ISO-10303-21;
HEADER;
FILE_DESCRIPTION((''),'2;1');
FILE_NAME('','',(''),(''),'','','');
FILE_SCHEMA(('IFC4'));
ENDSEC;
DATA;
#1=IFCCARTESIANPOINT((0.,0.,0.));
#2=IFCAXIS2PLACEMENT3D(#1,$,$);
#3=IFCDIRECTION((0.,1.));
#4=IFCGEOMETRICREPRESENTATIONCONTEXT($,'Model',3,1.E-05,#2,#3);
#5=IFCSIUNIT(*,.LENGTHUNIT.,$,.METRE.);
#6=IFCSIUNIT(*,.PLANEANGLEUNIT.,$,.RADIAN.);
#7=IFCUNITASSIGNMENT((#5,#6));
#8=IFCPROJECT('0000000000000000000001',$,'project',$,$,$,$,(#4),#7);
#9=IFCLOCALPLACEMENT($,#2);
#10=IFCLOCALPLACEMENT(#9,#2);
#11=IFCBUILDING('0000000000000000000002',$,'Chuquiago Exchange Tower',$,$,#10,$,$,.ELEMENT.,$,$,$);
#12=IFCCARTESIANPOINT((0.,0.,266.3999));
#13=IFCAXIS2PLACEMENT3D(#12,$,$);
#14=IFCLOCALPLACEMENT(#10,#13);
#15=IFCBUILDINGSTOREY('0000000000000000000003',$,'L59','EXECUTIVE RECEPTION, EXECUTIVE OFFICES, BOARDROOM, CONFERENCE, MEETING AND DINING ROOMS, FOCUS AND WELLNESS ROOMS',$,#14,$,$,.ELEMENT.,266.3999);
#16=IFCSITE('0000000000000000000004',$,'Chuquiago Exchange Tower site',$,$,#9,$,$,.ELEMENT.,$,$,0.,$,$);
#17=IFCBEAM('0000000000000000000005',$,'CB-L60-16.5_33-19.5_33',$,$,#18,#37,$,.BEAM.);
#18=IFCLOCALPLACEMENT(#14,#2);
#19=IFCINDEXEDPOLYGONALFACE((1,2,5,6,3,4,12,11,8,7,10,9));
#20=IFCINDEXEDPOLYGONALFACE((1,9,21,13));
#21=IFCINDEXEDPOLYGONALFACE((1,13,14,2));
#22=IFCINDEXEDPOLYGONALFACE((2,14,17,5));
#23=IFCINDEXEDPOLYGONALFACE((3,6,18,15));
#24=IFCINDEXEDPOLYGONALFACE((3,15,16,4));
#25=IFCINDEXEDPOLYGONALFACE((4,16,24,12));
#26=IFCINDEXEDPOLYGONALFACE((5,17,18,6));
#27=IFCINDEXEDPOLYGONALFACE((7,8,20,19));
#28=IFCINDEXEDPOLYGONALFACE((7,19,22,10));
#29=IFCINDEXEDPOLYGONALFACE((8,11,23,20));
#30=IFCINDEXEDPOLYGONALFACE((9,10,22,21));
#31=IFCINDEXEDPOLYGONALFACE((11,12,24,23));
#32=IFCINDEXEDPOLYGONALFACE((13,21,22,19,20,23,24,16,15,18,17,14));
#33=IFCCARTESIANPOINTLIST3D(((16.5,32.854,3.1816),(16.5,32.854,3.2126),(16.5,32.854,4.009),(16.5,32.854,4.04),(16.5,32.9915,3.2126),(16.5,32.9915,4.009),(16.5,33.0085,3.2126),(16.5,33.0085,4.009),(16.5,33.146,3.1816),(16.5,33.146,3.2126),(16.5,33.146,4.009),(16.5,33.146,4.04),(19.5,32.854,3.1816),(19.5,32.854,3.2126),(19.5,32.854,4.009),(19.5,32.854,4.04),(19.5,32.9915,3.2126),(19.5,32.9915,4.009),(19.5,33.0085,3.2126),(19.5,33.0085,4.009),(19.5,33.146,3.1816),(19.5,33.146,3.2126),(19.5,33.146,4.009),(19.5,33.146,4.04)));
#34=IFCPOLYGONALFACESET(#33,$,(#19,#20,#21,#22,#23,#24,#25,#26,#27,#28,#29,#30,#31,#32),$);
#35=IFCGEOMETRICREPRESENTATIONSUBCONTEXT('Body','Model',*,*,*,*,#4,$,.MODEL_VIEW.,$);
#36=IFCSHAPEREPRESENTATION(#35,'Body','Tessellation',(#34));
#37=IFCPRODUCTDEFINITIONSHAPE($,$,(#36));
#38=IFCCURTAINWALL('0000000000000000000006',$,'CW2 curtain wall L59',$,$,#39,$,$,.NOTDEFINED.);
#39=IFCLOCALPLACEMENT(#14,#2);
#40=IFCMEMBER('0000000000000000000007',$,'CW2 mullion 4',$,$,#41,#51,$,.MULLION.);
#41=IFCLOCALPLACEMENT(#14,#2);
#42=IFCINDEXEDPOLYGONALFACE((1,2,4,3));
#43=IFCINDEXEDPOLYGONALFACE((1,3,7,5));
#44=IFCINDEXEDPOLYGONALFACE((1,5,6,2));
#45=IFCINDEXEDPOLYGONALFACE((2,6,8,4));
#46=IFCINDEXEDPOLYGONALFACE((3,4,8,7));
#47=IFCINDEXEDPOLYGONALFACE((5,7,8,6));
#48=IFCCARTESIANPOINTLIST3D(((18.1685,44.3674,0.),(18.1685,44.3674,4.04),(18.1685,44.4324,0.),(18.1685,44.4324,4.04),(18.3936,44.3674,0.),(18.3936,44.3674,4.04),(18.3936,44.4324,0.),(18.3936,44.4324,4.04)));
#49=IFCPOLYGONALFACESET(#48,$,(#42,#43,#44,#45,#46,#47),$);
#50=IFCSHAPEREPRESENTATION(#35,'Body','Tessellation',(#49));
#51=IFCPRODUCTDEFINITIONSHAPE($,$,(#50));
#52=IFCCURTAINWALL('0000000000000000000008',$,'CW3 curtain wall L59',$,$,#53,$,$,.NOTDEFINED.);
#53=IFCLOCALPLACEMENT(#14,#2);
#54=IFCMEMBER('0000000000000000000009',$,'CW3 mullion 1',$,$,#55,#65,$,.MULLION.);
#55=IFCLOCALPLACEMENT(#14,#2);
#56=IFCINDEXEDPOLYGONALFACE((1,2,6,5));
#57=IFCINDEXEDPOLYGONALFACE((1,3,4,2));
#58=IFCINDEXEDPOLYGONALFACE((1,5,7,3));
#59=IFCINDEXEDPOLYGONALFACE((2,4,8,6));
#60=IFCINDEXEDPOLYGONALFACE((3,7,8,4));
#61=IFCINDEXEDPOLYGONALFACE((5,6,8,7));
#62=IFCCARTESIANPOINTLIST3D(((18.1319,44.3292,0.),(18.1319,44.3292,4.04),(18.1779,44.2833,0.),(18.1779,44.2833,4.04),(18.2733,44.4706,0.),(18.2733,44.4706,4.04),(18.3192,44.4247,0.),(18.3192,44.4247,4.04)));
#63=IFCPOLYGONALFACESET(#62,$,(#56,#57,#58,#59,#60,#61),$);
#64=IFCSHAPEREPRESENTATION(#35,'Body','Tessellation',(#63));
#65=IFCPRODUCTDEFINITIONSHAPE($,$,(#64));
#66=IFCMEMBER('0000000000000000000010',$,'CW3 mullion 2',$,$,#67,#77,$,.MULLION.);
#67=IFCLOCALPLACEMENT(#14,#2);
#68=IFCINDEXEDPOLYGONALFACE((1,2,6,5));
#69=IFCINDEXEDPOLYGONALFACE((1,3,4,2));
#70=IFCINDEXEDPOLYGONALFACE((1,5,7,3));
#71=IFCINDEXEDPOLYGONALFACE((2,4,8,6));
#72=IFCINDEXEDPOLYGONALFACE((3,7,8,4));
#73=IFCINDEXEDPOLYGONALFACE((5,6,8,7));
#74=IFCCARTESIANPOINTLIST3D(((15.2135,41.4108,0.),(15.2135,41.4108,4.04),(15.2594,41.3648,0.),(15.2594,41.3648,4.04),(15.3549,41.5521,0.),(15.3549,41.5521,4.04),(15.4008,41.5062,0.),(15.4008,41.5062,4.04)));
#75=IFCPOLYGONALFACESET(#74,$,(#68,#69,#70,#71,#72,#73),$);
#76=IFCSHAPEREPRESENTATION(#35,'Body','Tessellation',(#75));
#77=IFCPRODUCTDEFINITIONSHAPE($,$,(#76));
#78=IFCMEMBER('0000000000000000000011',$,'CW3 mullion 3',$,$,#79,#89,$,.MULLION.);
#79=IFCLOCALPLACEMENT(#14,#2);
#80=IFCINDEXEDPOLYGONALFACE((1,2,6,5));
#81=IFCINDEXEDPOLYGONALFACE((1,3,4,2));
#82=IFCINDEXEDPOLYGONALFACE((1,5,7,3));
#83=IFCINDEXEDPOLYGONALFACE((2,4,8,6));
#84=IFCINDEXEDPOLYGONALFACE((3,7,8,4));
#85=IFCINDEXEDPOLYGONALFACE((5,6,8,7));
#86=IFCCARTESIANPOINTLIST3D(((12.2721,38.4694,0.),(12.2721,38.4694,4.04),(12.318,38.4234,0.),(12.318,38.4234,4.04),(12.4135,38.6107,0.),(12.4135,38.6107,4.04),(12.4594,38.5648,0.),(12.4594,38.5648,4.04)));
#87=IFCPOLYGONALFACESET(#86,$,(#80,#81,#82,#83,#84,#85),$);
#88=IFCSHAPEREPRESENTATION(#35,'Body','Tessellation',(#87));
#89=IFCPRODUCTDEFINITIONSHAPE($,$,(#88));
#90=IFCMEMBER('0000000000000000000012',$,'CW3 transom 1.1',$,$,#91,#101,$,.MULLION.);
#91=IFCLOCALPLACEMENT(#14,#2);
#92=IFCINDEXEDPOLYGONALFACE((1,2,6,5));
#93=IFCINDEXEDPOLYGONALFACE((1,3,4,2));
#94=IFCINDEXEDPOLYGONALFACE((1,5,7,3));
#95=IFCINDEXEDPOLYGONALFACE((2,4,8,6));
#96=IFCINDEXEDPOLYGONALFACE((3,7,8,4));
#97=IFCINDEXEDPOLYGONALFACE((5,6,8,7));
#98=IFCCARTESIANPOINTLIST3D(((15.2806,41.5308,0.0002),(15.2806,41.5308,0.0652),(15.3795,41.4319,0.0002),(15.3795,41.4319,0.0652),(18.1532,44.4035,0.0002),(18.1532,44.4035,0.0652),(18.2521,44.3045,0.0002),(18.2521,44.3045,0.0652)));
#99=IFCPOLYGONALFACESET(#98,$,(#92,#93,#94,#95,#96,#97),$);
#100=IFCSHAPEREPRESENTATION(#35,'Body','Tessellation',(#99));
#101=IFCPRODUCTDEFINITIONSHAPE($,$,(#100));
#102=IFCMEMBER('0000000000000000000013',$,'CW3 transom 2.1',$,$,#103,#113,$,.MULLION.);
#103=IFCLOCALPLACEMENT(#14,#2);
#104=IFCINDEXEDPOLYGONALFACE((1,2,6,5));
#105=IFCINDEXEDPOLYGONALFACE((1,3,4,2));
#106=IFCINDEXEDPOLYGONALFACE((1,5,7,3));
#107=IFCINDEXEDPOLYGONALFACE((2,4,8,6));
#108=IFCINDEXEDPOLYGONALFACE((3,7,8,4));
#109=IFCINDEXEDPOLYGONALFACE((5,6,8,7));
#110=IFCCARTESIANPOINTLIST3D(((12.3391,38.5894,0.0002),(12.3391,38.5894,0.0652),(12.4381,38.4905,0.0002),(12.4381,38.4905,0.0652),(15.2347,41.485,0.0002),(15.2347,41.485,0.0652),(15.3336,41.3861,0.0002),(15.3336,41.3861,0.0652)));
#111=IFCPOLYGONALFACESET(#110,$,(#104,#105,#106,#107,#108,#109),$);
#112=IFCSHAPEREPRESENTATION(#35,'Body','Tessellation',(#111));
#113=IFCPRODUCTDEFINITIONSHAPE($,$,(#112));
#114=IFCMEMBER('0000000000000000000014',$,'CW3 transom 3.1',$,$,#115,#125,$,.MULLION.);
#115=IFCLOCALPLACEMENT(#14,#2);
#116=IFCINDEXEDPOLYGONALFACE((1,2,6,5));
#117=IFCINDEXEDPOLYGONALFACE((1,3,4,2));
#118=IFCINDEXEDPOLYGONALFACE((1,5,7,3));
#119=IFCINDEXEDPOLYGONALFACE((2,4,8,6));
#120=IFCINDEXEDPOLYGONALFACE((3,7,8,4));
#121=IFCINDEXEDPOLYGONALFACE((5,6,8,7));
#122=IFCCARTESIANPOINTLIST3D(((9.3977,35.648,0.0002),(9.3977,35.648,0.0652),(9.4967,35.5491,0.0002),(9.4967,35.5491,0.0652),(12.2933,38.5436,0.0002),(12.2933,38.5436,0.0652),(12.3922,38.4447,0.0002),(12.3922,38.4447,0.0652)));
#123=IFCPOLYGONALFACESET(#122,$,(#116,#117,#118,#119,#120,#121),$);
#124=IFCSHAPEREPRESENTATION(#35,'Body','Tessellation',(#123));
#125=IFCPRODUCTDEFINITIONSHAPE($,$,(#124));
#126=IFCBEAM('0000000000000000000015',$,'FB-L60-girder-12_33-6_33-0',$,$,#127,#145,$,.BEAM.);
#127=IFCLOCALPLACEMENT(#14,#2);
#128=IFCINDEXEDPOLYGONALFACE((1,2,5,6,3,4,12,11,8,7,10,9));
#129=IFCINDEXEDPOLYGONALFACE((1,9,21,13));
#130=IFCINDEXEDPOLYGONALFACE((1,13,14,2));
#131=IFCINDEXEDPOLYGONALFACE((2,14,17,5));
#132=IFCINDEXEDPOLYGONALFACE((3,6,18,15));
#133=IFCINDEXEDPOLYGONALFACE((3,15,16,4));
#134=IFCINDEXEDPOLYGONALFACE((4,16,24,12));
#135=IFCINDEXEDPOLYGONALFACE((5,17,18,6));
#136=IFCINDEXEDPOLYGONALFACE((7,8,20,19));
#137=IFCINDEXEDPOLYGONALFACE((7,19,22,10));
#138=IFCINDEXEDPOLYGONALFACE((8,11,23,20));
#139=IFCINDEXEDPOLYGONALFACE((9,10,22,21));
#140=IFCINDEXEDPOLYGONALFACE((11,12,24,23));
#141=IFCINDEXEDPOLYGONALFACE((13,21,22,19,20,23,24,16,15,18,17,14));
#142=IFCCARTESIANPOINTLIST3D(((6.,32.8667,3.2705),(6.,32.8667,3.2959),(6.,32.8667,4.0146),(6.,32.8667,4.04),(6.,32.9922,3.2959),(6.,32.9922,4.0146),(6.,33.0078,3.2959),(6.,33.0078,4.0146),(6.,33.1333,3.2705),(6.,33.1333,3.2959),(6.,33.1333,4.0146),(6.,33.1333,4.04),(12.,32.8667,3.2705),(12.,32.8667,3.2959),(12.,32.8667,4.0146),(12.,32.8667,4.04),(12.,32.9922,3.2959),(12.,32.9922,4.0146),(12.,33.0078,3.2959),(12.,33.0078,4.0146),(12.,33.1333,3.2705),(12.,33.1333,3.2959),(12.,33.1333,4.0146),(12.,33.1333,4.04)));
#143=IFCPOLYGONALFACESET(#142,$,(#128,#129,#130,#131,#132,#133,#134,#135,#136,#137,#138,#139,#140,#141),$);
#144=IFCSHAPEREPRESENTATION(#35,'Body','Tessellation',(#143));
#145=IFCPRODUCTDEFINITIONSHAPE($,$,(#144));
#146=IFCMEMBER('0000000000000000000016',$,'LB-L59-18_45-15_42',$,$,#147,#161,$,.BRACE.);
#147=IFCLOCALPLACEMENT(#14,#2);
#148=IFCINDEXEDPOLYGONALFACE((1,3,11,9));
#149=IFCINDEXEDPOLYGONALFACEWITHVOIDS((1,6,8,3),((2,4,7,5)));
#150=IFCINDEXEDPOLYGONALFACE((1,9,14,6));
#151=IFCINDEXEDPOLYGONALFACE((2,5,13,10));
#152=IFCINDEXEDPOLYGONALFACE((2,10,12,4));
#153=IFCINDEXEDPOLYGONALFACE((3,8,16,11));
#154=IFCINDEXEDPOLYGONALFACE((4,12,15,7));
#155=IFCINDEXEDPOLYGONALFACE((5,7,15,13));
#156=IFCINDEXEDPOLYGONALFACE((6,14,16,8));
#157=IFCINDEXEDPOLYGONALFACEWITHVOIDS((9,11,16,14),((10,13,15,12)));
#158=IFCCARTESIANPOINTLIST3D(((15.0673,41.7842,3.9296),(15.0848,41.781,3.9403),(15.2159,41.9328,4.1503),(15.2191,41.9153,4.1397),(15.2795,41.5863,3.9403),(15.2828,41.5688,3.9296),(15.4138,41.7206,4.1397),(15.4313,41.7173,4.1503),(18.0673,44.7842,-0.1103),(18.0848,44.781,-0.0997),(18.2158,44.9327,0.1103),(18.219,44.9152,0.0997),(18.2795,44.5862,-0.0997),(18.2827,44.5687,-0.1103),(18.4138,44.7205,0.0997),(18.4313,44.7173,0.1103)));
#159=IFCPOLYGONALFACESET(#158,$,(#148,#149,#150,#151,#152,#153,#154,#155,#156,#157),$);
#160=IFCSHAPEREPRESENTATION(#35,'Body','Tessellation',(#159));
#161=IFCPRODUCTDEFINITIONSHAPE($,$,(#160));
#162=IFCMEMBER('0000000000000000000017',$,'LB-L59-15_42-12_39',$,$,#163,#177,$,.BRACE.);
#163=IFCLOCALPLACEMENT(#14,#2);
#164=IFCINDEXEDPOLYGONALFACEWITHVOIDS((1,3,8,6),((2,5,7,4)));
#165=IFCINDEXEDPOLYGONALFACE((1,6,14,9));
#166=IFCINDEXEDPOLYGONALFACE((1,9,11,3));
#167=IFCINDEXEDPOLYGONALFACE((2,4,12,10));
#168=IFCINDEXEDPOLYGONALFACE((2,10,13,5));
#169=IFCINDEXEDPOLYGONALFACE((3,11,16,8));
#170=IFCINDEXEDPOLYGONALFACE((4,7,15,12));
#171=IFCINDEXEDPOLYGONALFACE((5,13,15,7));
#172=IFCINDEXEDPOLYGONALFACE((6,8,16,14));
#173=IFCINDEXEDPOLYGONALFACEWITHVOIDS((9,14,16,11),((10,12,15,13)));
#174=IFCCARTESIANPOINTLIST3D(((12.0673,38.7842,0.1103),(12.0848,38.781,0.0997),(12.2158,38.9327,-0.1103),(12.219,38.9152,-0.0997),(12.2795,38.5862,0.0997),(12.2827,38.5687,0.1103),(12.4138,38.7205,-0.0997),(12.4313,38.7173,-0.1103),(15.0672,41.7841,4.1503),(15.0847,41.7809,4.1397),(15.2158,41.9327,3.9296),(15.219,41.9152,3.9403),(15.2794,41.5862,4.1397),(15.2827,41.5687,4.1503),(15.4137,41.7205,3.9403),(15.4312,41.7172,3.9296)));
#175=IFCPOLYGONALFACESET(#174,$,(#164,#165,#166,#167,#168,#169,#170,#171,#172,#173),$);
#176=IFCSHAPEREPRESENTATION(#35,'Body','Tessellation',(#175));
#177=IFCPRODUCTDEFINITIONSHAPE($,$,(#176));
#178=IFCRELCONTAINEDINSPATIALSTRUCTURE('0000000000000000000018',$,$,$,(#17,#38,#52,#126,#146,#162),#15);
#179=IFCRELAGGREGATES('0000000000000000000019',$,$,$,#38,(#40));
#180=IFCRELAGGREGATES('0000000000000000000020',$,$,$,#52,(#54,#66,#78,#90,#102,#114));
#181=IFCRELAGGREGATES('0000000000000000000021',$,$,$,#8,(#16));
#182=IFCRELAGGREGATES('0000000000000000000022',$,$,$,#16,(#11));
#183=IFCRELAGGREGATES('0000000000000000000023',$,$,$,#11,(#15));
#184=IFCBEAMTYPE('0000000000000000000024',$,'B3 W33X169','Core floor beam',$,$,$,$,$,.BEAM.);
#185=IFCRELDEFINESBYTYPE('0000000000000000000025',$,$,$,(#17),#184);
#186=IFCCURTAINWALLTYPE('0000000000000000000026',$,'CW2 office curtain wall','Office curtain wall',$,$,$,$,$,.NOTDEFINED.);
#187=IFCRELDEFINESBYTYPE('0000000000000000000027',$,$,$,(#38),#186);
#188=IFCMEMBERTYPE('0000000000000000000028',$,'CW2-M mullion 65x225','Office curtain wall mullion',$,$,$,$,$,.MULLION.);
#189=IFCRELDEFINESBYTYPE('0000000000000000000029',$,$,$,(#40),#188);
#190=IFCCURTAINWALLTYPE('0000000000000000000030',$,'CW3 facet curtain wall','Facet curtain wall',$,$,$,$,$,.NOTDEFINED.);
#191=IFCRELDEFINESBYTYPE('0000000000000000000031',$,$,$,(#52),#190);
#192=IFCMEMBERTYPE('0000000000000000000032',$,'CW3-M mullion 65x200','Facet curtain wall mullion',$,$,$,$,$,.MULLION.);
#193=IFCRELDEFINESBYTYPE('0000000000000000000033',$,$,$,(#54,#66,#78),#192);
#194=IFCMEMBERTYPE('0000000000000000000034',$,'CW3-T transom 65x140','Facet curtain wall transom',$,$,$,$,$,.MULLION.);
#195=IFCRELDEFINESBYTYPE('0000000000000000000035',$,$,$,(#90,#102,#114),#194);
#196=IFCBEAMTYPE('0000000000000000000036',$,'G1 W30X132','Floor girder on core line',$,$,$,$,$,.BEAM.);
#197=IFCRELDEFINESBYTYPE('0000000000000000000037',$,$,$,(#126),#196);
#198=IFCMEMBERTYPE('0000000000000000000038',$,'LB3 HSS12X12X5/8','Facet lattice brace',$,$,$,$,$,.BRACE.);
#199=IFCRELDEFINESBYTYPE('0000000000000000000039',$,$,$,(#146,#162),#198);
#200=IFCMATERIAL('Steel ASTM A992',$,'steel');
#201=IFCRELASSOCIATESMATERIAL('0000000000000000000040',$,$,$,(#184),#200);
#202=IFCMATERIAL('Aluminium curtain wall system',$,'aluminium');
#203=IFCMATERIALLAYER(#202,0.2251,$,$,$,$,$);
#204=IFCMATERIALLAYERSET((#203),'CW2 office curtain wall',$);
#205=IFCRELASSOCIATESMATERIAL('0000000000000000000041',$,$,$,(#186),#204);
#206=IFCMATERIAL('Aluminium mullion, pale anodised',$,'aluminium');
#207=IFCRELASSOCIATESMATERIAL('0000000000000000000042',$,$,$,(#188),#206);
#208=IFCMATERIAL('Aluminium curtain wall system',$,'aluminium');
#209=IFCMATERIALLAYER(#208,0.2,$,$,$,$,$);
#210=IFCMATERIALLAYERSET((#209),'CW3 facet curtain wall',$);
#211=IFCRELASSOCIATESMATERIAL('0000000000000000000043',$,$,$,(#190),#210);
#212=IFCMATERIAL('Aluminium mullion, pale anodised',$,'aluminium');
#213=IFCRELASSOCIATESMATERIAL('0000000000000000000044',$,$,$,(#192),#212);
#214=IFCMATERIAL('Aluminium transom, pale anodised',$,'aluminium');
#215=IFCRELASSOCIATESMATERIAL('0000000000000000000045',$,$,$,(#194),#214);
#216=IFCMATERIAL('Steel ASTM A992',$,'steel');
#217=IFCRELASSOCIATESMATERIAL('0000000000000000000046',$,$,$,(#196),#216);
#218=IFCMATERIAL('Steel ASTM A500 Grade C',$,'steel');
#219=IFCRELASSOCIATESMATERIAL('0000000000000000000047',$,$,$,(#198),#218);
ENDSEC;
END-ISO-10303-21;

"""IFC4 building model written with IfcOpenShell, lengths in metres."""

from ifc_helpers import new_model, si_unit, direction, frame, origin, origin_2d, place, context, subcontext, project, spatial, rectangle, hollow_rectangle, i_section, extrude, material, layer, layer_set, material_profile, profile_set, type_object, element, aggregate, save


model = new_model("IFC4")

# Units and contexts
model_context = context("Model", 3, precision=1e-05, world=origin(), true_north=direction((0.0, 1.0)))
body_context = subcontext(model_context, "Body", "Model", "MODEL_VIEW")
ifc_project = project(units=[si_unit("LENGTHUNIT", "METRE"), si_unit("PLANEANGLEUNIT", "RADIAN")], contexts=[model_context])

# Site, building, storey
site_placement = place(None, origin())
site = spatial("IfcSite", under=ifc_project, at=site_placement, Name="Chuquiago Exchange Tower site", CompositionType="ELEMENT", RefElevation=0.0)
building_placement = place(site_placement, origin())
building = spatial("IfcBuilding", under=site, at=building_placement, Name="Chuquiago Exchange Tower", CompositionType="ELEMENT")
storey_placement = place(building_placement, frame((0.0, 0.0, 266.3999)))
storey = spatial("IfcBuildingStorey", under=building, at=storey_placement, Name="L59", Description="EXECUTIVE RECEPTION, EXECUTIVE OFFICES, BOARDROOM, CONFERENCE, MEETING AND DINING ROOMS, FOCUS AND WELLNESS ROOMS", CompositionType="ELEMENT", Elevation=266.3999)

# Beam
ifc_material_1 = material(Name="Steel ASTM A992", Category="steel")
ifc_material_profile_1 = material_profile(ifc_material_1, i_section(OverallWidth=0.292, OverallDepth=0.8584, WebThickness=0.0171, FlangeThickness=0.031, at=origin_2d()), Name="W33X169")
ifc_profile_set_1 = profile_set([ifc_material_profile_1], Name="Steel ASTM A992")
beam_type_1 = type_object("IfcBeamType", Name="B3 W33X169", Description="Core floor beam", PredefinedType="BEAM", material=ifc_profile_set_1)
beam_1_placement = place(storey_placement, frame((16.5, 33.0, 3.6108), z_axis=(1.0, 0.0, 0.0), x_axis=(0.0, 1.0, 0.0)))
element("IfcBeam", 1, at=beam_1_placement, inside=storey, type_object=beam_type_1, Name="CB-L60-16.5_33-19.5_33", PredefinedType="BEAM", context=body_context, shape_type="SweptSolid", body=[
    extrude(i_section(OverallWidth=0.292, OverallDepth=0.8584, WebThickness=0.0171, FlangeThickness=0.031, at=origin_2d()), origin(), (0.0, 0.0, 1.0), 3.0),
])

# Curtain wall, member
ifc_material_2 = material(Name="Aluminium curtain wall system", Category="aluminium")
ifc_layer_1 = layer(ifc_material_2, 0.2251)
ifc_layer_set_1 = layer_set([ifc_layer_1], Name="CW2 office curtain wall")
curtain_wall_type_1 = type_object("IfcCurtainWallType", Name="CW2 office curtain wall", Description="Office curtain wall", PredefinedType="NOTDEFINED", material=ifc_layer_set_1)
curtain_wall_1_placement = place(storey_placement, origin())
curtain_wall_1 = element("IfcCurtainWall", 2, at=curtain_wall_1_placement, inside=storey, type_object=curtain_wall_type_1, Name="CW2 curtain wall L59", PredefinedType="NOTDEFINED")
ifc_material_3 = material(Name="Aluminium mullion, pale anodised", Category="aluminium")
ifc_material_profile_2 = material_profile(ifc_material_3, rectangle(XDim=0.0649, YDim=0.2251, at=origin_2d()), Name="AL 65x225")
ifc_profile_set_2 = profile_set([ifc_material_profile_2], Name="Aluminium mullion, pale anodised")
member_type_1 = type_object("IfcMemberType", Name="CW2-M mullion 65x225", Description="Office curtain wall mullion", PredefinedType="MULLION", material=ifc_profile_set_2)
member_1_placement = place(storey_placement, frame((18.281, 44.3999, 0.0), z_axis=(0.0, 0.0, 1.0), x_axis=(0.0, -1.0, 0.0)))
member_1 = element("IfcMember", 3, at=member_1_placement, type_object=member_type_1, Name="CW2 mullion 4", PredefinedType="MULLION", context=body_context, shape_type="SweptSolid", body=[
    extrude(rectangle(XDim=0.0649, YDim=0.2251, at=origin_2d()), origin(), (0.0, 0.0, 1.0), 4.04),
])
aggregate(curtain_wall_1, [member_1])

# Curtain wall, members
ifc_material_4 = material(Name="Aluminium curtain wall system", Category="aluminium")
ifc_layer_2 = layer(ifc_material_4, 0.2)
ifc_layer_set_2 = layer_set([ifc_layer_2], Name="CW3 facet curtain wall")
curtain_wall_type_2 = type_object("IfcCurtainWallType", Name="CW3 facet curtain wall", Description="Facet curtain wall", PredefinedType="NOTDEFINED", material=ifc_layer_set_2)
curtain_wall_2_placement = place(storey_placement, origin())
curtain_wall_2 = element("IfcCurtainWall", 4, at=curtain_wall_2_placement, inside=storey, type_object=curtain_wall_type_2, Name="CW3 curtain wall L59", PredefinedType="NOTDEFINED")
ifc_material_5 = material(Name="Aluminium mullion, pale anodised", Category="aluminium")
ifc_material_profile_3 = material_profile(ifc_material_5, rectangle(XDim=0.0649, YDim=0.2, at=origin_2d()), Name="AL 65x200")
ifc_profile_set_3 = profile_set([ifc_material_profile_3], Name="Aluminium mullion, pale anodised")
member_type_2 = type_object("IfcMemberType", Name="CW3-M mullion 65x200", Description="Facet curtain wall mullion", PredefinedType="MULLION", material=ifc_profile_set_3)
member_2_placement = place(storey_placement, frame((18.2256, 44.377, 0.0), z_axis=(0.0, 0.0, 1.0), x_axis=(0.707107, -0.707107, 0.0)))
member_2 = element("IfcMember", 5, at=member_2_placement, type_object=member_type_2, Name="CW3 mullion 1", PredefinedType="MULLION", context=body_context, shape_type="SweptSolid", body=[
    extrude(rectangle(XDim=0.0649, YDim=0.2, at=origin_2d()), origin(), (0.0, 0.0, 1.0), 4.04),
])
member_3_placement = place(storey_placement, frame((15.3071, 41.4585, 0.0), z_axis=(0.0, 0.0, 1.0), x_axis=(0.707107, -0.707107, 0.0)))
member_3 = element("IfcMember", 6, at=member_3_placement, type_object=member_type_2, Name="CW3 mullion 2", PredefinedType="MULLION", context=body_context, shape_type="SweptSolid", body=[
    extrude(rectangle(XDim=0.0649, YDim=0.2, at=origin_2d()), origin(), (0.0, 0.0, 1.0), 4.04),
])
member_4_placement = place(storey_placement, frame((12.3657, 38.5171, 0.0), z_axis=(0.0, 0.0, 1.0), x_axis=(0.707107, -0.707107, 0.0)))
member_4 = element("IfcMember", 7, at=member_4_placement, type_object=member_type_2, Name="CW3 mullion 3", PredefinedType="MULLION", context=body_context, shape_type="SweptSolid", body=[
    extrude(rectangle(XDim=0.0649, YDim=0.2, at=origin_2d()), origin(), (0.0, 0.0, 1.0), 4.04),
])
ifc_material_6 = material(Name="Aluminium transom, pale anodised", Category="aluminium")
ifc_material_profile_4 = material_profile(ifc_material_6, rectangle(XDim=0.1399, YDim=0.0649, at=origin_2d()), Name="AL 140x65")
ifc_profile_set_4 = profile_set([ifc_material_profile_4], Name="Aluminium transom, pale anodised")
member_type_3 = type_object("IfcMemberType", Name="CW3-T transom 65x140", Description="Facet curtain wall transom", PredefinedType="MULLION", material=ifc_profile_set_4)
member_5_placement = place(storey_placement, frame((18.2026, 44.354, 0.0327), z_axis=(-0.707107, -0.707107, 0.0), x_axis=(0.707107, -0.707107, 0.0)))
member_5 = element("IfcMember", 8, at=member_5_placement, type_object=member_type_3, Name="CW3 transom 1.1", PredefinedType="MULLION", context=body_context, shape_type="SweptSolid", body=[
    extrude(rectangle(XDim=0.1399, YDim=0.0649, at=origin_2d()), origin(), (0.0, 0.0, 1.0), 4.0625),
])
member_6_placement = place(storey_placement, frame((15.2842, 41.4355, 0.0327), z_axis=(-0.707107, -0.707107, 0.0), x_axis=(0.707107, -0.707107, 0.0)))
member_6 = element("IfcMember", 9, at=member_6_placement, type_object=member_type_3, Name="CW3 transom 2.1", PredefinedType="MULLION", context=body_context, shape_type="SweptSolid", body=[
    extrude(rectangle(XDim=0.1399, YDim=0.0649, at=origin_2d()), origin(), (0.0, 0.0, 1.0), 4.095),
])
member_7_placement = place(storey_placement, frame((12.3428, 38.4941, 0.0327), z_axis=(-0.707107, -0.707107, 0.0), x_axis=(0.707107, -0.707107, 0.0)))
member_7 = element("IfcMember", 10, at=member_7_placement, type_object=member_type_3, Name="CW3 transom 3.1", PredefinedType="MULLION", context=body_context, shape_type="SweptSolid", body=[
    extrude(rectangle(XDim=0.1399, YDim=0.0649, at=origin_2d()), origin(), (0.0, 0.0, 1.0), 4.095),
])

# Beam
ifc_material_7 = material(Name="Steel ASTM A992", Category="steel")
ifc_material_profile_5 = material_profile(ifc_material_7, i_section(OverallWidth=0.2666, OverallDepth=0.7695, WebThickness=0.0156, FlangeThickness=0.0254, at=origin_2d()), Name="W30X132")
ifc_profile_set_5 = profile_set([ifc_material_profile_5], Name="Steel ASTM A992")
beam_type_2 = type_object("IfcBeamType", Name="G1 W30X132", Description="Floor girder on core line", PredefinedType="BEAM", material=ifc_profile_set_5)
beam_2_placement = place(storey_placement, frame((12.0, 33.0, 3.6553), z_axis=(-1.0, 0.0, 0.0), x_axis=(0.0, -1.0, 0.0)))
element("IfcBeam", 11, at=beam_2_placement, inside=storey, type_object=beam_type_2, Name="FB-L60-girder-12_33-6_33-0", PredefinedType="BEAM", context=body_context, shape_type="SweptSolid", body=[
    extrude(i_section(OverallWidth=0.2666, OverallDepth=0.7695, WebThickness=0.0156, FlangeThickness=0.0254, at=origin_2d()), origin(), (0.0, 0.0, 1.0), 6.0),
])

# Members
ifc_material_8 = material(Name="Steel ASTM A500 Grade C", Category="steel")
ifc_material_profile_6 = material_profile(ifc_material_8, hollow_rectangle(XDim=0.3047, YDim=0.3047, WallThickness=0.0146, at=origin_2d()), Name="HSS12X12X5/8")
ifc_profile_set_6 = profile_set([ifc_material_profile_6], Name="Steel ASTM A500 Grade C")
member_type_4 = type_object("IfcMemberType", Name="LB3 HSS12X12X5/8", Description="Facet lattice brace", PredefinedType="BRACE", material=ifc_profile_set_6)
for number, where, z_axis, x_axis, name in (
    (12, (18.2493, 44.7507, 0.0), (-0.512077, -0.512077, 0.689604), (0.707107, -0.707107, 0.0), "LB-L59-18_45-15_42"),
    (13, (12.2493, 38.7507, 0.0), (0.512077, 0.512077, 0.689604), (-0.707107, 0.707107, 0.0), "LB-L59-15_42-12_39"),
):
    element("IfcMember", number, at=place(storey_placement, frame(where, z_axis=z_axis, x_axis=x_axis)), inside=storey, type_object=member_type_4, Name=name, PredefinedType="BRACE", context=body_context, shape_type="SweptSolid", body=[
        extrude(hollow_rectangle(XDim=0.3047, YDim=0.3047, WallThickness=0.0146, at=origin_2d()), origin(), (0.0, 0.0, 1.0), 5.8584),
    ])

aggregate(curtain_wall_2, [member_2, member_3, member_4, member_5, member_6, member_7])

save(model, "model.ifc")
